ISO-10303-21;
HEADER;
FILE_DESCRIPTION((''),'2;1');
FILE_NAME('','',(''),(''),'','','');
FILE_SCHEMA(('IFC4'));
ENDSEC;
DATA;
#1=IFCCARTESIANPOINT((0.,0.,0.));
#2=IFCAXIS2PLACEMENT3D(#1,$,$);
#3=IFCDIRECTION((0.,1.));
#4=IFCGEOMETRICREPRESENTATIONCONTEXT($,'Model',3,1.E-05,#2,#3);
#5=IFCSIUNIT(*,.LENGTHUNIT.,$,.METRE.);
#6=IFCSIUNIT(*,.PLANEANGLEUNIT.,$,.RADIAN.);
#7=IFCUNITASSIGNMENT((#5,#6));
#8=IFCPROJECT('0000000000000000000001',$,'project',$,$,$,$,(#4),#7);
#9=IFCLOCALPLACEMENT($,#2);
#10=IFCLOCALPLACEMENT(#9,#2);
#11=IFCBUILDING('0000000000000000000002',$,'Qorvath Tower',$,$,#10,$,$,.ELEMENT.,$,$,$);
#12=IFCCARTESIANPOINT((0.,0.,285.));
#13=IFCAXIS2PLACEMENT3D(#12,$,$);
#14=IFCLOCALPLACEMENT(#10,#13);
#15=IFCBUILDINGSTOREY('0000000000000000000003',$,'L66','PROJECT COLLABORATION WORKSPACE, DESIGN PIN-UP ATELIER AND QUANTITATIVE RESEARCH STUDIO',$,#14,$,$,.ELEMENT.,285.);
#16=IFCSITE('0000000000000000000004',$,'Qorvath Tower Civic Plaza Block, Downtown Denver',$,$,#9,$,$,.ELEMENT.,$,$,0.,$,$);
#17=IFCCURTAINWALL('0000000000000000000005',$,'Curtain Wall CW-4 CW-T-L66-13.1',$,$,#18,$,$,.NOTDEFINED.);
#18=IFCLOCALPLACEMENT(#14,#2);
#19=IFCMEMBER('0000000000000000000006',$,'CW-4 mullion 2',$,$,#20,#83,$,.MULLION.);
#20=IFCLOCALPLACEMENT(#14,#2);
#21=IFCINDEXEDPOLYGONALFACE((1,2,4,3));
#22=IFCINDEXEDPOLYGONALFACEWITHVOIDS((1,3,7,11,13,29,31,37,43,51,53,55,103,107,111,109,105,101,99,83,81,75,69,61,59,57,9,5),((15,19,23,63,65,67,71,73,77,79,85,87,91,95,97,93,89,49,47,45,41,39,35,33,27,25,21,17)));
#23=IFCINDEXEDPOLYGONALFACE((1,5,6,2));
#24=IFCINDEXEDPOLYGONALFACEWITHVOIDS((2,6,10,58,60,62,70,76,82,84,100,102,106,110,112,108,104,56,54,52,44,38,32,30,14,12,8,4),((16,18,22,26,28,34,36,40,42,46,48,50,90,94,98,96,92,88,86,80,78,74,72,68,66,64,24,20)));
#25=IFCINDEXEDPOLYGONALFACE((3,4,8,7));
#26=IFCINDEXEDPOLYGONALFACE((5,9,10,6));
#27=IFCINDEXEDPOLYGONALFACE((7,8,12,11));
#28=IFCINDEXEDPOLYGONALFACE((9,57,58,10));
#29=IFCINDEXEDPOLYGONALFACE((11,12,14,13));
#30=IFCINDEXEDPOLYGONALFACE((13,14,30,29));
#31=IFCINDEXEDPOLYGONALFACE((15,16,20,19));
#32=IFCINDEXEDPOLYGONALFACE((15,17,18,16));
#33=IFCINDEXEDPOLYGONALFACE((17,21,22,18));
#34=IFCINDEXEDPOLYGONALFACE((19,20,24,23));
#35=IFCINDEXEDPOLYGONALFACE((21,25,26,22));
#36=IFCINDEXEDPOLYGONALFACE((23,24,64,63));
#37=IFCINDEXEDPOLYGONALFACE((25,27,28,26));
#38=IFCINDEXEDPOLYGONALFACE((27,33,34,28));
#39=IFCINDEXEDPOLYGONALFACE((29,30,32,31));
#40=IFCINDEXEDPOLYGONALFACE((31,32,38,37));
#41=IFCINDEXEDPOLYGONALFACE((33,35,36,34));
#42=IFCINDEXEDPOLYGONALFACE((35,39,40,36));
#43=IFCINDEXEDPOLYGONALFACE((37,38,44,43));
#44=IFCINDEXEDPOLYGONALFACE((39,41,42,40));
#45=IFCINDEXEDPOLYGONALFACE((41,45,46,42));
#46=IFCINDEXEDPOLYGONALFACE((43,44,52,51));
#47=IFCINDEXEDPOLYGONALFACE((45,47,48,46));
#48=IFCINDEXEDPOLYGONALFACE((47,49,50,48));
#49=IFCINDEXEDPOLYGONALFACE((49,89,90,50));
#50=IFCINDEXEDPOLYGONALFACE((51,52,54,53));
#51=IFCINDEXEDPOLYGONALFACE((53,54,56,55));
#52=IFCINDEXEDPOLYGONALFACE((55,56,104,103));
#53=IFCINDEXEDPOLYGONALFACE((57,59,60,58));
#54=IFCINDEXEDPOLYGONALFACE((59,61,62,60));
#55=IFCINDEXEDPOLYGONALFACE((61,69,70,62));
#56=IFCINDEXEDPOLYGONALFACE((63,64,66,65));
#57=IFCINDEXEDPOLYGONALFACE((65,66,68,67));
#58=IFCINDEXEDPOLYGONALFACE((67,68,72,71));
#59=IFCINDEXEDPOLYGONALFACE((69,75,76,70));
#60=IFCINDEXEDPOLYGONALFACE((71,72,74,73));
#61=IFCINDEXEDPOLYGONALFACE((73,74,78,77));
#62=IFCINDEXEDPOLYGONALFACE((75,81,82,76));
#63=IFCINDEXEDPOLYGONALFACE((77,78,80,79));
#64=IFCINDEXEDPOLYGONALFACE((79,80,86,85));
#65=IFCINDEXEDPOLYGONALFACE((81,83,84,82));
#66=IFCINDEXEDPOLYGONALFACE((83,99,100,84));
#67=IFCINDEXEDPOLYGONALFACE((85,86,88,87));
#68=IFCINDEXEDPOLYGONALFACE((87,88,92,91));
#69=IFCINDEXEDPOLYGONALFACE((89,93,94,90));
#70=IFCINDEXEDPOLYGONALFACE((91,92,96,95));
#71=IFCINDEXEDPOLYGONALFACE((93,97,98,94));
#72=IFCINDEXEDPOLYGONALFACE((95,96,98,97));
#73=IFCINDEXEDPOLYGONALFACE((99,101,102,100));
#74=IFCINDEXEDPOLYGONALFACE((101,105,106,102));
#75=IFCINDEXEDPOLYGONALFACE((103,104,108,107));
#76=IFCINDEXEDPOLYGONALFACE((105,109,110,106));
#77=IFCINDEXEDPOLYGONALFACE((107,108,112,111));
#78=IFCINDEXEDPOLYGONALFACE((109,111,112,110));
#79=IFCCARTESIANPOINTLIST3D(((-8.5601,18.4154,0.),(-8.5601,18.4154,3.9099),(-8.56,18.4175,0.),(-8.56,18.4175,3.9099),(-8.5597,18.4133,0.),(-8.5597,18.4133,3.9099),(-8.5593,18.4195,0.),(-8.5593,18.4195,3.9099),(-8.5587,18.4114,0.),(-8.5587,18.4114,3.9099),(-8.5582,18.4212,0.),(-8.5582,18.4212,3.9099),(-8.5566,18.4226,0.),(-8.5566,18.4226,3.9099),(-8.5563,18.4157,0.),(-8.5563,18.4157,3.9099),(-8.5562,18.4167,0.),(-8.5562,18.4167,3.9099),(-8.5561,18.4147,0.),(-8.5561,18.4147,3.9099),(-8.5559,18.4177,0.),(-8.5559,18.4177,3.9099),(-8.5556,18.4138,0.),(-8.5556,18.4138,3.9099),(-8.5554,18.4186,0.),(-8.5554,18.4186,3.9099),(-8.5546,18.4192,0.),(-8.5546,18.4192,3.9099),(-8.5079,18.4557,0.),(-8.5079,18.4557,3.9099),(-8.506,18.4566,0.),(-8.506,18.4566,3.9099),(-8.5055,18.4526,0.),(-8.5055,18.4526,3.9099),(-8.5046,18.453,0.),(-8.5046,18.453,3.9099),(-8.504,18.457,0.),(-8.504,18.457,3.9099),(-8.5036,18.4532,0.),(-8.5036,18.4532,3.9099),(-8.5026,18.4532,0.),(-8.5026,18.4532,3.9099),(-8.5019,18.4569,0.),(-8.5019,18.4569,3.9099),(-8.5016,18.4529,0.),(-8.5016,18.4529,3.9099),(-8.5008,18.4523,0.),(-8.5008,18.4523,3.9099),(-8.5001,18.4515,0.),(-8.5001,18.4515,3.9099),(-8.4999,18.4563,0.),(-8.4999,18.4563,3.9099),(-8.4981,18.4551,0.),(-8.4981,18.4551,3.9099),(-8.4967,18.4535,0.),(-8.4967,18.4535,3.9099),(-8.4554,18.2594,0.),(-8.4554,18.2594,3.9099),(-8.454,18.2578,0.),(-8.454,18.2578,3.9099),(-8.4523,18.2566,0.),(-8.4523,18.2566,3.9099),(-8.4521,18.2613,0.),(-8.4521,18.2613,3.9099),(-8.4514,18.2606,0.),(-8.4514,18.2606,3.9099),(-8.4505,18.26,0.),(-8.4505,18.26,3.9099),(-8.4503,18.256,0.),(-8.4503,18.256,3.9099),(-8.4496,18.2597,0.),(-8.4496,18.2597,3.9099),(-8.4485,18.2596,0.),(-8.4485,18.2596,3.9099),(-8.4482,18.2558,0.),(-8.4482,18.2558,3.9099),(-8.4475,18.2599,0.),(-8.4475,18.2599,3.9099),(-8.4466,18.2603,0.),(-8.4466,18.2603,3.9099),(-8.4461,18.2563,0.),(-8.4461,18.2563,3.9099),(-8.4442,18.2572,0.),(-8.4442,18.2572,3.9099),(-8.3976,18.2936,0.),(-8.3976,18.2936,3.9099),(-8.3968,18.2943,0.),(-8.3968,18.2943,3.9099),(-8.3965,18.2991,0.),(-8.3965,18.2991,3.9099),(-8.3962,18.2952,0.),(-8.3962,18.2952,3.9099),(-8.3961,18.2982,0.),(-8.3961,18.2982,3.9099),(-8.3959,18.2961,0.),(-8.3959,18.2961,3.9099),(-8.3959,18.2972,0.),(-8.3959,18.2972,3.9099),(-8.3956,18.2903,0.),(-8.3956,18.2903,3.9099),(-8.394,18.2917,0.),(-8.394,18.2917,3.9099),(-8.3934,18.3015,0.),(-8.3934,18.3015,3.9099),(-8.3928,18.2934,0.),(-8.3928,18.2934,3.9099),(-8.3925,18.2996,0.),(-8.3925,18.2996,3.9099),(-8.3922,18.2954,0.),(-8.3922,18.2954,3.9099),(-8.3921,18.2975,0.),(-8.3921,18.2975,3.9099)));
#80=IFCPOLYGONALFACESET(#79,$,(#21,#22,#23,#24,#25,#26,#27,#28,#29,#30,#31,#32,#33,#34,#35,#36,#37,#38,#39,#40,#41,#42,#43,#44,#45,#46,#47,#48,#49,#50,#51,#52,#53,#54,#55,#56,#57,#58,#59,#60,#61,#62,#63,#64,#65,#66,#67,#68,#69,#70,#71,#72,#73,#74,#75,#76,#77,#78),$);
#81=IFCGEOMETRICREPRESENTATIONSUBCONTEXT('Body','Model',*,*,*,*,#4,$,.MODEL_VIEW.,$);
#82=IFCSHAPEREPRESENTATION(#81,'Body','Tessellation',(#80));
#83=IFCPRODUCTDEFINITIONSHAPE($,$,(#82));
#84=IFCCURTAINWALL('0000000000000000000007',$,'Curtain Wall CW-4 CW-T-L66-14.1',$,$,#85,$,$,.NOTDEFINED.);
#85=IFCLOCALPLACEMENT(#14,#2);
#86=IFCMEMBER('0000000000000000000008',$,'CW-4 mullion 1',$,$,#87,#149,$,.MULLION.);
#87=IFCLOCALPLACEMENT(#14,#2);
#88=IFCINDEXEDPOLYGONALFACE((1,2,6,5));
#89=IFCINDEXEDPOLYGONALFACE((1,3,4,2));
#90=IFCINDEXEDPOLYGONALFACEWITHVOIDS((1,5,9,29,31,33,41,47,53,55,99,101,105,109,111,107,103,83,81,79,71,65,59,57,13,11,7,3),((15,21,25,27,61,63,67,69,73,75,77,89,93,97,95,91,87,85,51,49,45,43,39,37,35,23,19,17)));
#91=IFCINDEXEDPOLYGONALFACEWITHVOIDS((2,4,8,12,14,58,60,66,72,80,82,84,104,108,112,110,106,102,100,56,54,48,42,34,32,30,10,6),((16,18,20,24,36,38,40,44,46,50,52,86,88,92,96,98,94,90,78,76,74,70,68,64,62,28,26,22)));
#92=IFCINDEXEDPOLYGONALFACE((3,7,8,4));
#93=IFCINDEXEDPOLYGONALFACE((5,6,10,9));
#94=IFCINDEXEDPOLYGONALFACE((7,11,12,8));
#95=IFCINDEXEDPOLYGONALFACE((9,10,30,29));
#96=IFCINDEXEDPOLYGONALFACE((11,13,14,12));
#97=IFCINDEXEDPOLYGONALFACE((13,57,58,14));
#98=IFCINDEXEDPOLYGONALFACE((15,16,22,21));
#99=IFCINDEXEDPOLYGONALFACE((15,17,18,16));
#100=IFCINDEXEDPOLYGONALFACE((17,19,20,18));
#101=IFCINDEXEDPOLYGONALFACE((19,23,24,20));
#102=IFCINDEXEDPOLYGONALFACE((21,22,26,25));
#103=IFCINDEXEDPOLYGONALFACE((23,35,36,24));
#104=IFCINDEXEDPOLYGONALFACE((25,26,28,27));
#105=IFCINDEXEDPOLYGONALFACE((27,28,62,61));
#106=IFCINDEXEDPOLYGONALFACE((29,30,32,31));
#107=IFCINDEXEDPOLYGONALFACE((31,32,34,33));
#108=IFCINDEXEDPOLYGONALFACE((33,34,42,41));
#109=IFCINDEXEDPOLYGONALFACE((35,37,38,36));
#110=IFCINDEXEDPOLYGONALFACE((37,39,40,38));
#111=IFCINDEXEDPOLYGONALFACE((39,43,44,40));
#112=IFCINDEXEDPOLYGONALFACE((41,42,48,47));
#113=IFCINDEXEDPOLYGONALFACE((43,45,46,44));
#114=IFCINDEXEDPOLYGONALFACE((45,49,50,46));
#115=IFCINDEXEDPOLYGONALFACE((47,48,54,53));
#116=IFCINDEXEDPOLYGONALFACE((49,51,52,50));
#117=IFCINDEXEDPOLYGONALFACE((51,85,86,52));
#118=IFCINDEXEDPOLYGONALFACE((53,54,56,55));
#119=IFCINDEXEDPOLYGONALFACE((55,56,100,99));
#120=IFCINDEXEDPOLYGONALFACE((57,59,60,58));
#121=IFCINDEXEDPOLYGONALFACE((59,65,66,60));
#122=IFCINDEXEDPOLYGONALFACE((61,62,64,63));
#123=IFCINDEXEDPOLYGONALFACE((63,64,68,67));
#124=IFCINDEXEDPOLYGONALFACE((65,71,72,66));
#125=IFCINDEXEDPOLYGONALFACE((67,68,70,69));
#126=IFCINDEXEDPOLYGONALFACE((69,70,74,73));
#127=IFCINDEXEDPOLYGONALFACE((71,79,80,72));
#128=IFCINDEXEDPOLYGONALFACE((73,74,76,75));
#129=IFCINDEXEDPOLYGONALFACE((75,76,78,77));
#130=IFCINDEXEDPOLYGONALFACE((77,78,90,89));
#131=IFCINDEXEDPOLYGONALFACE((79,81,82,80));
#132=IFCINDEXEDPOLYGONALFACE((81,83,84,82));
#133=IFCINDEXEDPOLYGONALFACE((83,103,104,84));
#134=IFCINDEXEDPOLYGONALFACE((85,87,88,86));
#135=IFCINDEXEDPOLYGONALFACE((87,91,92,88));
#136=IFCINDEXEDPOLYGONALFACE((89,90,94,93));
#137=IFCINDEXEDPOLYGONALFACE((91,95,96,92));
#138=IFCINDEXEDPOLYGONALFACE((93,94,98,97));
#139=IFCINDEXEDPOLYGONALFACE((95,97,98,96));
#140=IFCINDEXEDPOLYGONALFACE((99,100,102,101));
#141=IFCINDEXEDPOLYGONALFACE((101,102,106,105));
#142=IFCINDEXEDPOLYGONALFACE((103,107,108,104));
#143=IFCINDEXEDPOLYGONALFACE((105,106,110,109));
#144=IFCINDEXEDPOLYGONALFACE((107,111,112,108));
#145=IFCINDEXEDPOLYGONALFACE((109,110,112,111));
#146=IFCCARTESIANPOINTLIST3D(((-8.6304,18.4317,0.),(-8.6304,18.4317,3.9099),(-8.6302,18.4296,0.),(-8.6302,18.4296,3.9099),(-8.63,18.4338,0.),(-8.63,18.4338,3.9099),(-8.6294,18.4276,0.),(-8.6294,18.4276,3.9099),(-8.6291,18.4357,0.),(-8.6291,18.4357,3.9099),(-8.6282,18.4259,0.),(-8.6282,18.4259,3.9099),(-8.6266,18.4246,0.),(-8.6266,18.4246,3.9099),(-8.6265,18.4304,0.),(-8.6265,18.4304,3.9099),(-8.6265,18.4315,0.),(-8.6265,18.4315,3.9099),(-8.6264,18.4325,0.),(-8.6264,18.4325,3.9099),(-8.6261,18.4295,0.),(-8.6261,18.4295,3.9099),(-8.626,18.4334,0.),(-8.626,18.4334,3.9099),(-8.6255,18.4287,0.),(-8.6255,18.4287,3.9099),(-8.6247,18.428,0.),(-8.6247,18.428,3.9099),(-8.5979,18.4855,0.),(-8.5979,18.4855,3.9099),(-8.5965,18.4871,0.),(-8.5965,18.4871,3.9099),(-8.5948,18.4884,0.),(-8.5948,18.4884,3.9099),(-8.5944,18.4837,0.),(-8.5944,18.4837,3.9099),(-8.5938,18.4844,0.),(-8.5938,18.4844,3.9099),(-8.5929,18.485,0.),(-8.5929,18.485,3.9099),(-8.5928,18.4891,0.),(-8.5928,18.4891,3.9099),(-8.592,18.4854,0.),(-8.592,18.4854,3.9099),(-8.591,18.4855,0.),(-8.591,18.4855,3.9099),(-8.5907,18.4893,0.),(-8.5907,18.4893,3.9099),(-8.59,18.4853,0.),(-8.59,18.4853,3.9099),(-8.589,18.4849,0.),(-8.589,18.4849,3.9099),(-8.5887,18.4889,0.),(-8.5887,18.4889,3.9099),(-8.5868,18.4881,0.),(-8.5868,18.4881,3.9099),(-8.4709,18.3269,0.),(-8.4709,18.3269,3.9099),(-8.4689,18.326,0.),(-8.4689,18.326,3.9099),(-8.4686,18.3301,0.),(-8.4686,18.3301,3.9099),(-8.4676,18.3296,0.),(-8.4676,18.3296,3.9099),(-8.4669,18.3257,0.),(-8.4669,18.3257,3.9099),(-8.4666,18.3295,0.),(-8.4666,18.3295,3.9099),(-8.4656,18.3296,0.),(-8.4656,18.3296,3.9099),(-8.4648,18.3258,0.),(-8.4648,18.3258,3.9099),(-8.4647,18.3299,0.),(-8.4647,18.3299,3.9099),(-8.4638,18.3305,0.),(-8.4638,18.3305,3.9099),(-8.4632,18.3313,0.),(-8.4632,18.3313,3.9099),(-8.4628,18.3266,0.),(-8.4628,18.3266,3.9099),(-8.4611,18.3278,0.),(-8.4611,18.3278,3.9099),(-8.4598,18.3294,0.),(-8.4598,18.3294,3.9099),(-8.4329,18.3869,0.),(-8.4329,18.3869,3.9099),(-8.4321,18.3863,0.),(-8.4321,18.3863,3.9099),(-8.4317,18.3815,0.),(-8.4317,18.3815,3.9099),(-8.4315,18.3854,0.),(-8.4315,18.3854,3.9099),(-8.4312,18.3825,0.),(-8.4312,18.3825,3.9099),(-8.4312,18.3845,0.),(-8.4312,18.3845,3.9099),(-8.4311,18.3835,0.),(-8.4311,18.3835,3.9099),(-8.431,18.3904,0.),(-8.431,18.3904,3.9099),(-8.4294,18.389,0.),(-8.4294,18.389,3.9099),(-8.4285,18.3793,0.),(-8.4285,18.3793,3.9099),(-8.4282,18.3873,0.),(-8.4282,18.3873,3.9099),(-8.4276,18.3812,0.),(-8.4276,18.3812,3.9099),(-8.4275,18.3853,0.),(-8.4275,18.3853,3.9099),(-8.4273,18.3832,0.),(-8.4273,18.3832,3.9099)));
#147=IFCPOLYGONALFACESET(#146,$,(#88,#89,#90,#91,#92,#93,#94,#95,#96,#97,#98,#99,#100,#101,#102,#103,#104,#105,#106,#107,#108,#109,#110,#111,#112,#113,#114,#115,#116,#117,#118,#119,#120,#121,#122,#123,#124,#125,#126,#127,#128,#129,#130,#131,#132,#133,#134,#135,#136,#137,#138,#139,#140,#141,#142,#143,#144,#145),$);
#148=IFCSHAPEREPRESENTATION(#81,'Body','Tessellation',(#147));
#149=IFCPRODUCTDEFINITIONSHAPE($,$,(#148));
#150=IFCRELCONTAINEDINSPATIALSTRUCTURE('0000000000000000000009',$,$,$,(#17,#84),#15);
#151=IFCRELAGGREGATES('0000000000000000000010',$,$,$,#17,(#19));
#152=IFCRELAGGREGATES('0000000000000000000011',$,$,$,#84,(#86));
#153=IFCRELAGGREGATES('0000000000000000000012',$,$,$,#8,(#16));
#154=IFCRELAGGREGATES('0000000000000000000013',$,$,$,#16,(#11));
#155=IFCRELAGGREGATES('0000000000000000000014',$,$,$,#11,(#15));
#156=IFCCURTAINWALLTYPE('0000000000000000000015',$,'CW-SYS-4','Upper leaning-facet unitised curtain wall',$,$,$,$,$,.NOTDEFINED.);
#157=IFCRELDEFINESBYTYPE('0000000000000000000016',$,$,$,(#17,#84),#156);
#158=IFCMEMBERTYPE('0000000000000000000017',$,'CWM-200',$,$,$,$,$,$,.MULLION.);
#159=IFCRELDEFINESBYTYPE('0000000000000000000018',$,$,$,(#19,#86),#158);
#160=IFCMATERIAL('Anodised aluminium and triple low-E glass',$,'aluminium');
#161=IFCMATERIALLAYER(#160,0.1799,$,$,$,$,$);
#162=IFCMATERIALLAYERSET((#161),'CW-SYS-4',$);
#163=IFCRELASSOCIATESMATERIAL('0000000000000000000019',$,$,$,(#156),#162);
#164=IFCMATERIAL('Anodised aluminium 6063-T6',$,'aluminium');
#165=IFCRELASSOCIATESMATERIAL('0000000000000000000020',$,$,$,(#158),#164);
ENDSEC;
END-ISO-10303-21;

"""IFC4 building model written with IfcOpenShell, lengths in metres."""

from ifc_helpers import new_model, si_unit, direction, frame, origin, origin_2d, place, context, subcontext, project, spatial, hollow_rectangle, extrude, material, layer, layer_set, material_profile, profile_set, type_object, element, aggregate, save


model = new_model("IFC4")

# Units and contexts
model_context = context("Model", 3, precision=1e-05, world=origin(), true_north=direction((0.0, 1.0)))
body_context = subcontext(model_context, "Body", "Model", "MODEL_VIEW")
ifc_project = project(units=[si_unit("LENGTHUNIT", "METRE"), si_unit("PLANEANGLEUNIT", "RADIAN")], contexts=[model_context])

# Site, building, storey
site_placement = place(None, origin())
site = spatial("IfcSite", under=ifc_project, at=site_placement, Name="Qorvath Tower Civic Plaza Block, Downtown Denver", CompositionType="ELEMENT", RefElevation=0.0)
building_placement = place(site_placement, origin())
building = spatial("IfcBuilding", under=site, at=building_placement, Name="Qorvath Tower", CompositionType="ELEMENT")
storey_placement = place(building_placement, frame((0.0, 0.0, 285.0)))
storey = spatial("IfcBuildingStorey", under=building, at=storey_placement, Name="L66", Description="PROJECT COLLABORATION WORKSPACE, DESIGN PIN-UP ATELIER AND QUANTITATIVE RESEARCH STUDIO", CompositionType="ELEMENT", Elevation=285.0)

# Shared definitions
ifc_material_1 = material(Name="Anodised aluminium and triple low-E glass", Category="aluminium")
ifc_layer_1 = layer(ifc_material_1, 0.1799)
ifc_layer_set_1 = layer_set([ifc_layer_1], Name="CW-SYS-4")
curtain_wall_type = type_object("IfcCurtainWallType", Name="CW-SYS-4", Description="Upper leaning-facet unitised curtain wall", PredefinedType="NOTDEFINED", material=ifc_layer_set_1)
ifc_material_2 = material(Name="Anodised aluminium 6063-T6", Category="aluminium")
ifc_material_profile_1 = material_profile(ifc_material_2, hollow_rectangle(XDim=0.075, YDim=0.2, WallThickness=0.0039, InnerFilletRadius=0.0039, OuterFilletRadius=0.0081, at=origin_2d()), Name="CWM 200x75")
ifc_profile_set_1 = profile_set([ifc_material_profile_1], Name="Anodised aluminium 6063-T6")
member_type_1 = type_object("IfcMemberType", Name="CWM-200", PredefinedType="MULLION", material=ifc_profile_set_1)

# Curtain walls, members
curtain_wall_1_placement = place(storey_placement, origin())
curtain_wall_1 = element("IfcCurtainWall", 1, at=curtain_wall_1_placement, inside=storey, type_object=curtain_wall_type, Name="Curtain Wall CW-4 CW-T-L66-13.1", PredefinedType="NOTDEFINED")
member_1_placement = place(storey_placement, frame((-8.4761, 18.3564, 0.0), z_axis=(0.0, 0.0, 1.0), x_axis=(-0.827177, -0.561941, 0.0)))
member_1 = element("IfcMember", 2, at=member_1_placement, type_object=member_type_1, Name="CW-4 mullion 2", PredefinedType="MULLION", context=body_context, shape_type="SweptSolid", body=[
    extrude(hollow_rectangle(XDim=0.075, YDim=0.2, WallThickness=0.0039, InnerFilletRadius=0.0039, OuterFilletRadius=0.0081, at=origin_2d()), origin(), (0.0, 0.0, 1.0), 3.9099),
])
curtain_wall_2_placement = place(storey_placement, origin())
curtain_wall_2 = element("IfcCurtainWall", 3, at=curtain_wall_2_placement, inside=storey, type_object=curtain_wall_type, Name="Curtain Wall CW-4 CW-T-L66-14.1", PredefinedType="NOTDEFINED")
member_2_placement = place(storey_placement, frame((-8.5288, 18.4075, 0.0), z_axis=(0.0, 0.0, 1.0), x_axis=(-0.531419, -0.847109, 0.0)))
member_2 = element("IfcMember", 4, at=member_2_placement, type_object=member_type_1, Name="CW-4 mullion 1", PredefinedType="MULLION", context=body_context, shape_type="SweptSolid", body=[
    extrude(hollow_rectangle(XDim=0.075, YDim=0.2, WallThickness=0.0039, InnerFilletRadius=0.0039, OuterFilletRadius=0.0081, at=origin_2d()), origin(), (0.0, 0.0, 1.0), 3.9099),
])

aggregate(curtain_wall_1, [member_1])
aggregate(curtain_wall_2, [member_2])

save(model, "model.ifc")
